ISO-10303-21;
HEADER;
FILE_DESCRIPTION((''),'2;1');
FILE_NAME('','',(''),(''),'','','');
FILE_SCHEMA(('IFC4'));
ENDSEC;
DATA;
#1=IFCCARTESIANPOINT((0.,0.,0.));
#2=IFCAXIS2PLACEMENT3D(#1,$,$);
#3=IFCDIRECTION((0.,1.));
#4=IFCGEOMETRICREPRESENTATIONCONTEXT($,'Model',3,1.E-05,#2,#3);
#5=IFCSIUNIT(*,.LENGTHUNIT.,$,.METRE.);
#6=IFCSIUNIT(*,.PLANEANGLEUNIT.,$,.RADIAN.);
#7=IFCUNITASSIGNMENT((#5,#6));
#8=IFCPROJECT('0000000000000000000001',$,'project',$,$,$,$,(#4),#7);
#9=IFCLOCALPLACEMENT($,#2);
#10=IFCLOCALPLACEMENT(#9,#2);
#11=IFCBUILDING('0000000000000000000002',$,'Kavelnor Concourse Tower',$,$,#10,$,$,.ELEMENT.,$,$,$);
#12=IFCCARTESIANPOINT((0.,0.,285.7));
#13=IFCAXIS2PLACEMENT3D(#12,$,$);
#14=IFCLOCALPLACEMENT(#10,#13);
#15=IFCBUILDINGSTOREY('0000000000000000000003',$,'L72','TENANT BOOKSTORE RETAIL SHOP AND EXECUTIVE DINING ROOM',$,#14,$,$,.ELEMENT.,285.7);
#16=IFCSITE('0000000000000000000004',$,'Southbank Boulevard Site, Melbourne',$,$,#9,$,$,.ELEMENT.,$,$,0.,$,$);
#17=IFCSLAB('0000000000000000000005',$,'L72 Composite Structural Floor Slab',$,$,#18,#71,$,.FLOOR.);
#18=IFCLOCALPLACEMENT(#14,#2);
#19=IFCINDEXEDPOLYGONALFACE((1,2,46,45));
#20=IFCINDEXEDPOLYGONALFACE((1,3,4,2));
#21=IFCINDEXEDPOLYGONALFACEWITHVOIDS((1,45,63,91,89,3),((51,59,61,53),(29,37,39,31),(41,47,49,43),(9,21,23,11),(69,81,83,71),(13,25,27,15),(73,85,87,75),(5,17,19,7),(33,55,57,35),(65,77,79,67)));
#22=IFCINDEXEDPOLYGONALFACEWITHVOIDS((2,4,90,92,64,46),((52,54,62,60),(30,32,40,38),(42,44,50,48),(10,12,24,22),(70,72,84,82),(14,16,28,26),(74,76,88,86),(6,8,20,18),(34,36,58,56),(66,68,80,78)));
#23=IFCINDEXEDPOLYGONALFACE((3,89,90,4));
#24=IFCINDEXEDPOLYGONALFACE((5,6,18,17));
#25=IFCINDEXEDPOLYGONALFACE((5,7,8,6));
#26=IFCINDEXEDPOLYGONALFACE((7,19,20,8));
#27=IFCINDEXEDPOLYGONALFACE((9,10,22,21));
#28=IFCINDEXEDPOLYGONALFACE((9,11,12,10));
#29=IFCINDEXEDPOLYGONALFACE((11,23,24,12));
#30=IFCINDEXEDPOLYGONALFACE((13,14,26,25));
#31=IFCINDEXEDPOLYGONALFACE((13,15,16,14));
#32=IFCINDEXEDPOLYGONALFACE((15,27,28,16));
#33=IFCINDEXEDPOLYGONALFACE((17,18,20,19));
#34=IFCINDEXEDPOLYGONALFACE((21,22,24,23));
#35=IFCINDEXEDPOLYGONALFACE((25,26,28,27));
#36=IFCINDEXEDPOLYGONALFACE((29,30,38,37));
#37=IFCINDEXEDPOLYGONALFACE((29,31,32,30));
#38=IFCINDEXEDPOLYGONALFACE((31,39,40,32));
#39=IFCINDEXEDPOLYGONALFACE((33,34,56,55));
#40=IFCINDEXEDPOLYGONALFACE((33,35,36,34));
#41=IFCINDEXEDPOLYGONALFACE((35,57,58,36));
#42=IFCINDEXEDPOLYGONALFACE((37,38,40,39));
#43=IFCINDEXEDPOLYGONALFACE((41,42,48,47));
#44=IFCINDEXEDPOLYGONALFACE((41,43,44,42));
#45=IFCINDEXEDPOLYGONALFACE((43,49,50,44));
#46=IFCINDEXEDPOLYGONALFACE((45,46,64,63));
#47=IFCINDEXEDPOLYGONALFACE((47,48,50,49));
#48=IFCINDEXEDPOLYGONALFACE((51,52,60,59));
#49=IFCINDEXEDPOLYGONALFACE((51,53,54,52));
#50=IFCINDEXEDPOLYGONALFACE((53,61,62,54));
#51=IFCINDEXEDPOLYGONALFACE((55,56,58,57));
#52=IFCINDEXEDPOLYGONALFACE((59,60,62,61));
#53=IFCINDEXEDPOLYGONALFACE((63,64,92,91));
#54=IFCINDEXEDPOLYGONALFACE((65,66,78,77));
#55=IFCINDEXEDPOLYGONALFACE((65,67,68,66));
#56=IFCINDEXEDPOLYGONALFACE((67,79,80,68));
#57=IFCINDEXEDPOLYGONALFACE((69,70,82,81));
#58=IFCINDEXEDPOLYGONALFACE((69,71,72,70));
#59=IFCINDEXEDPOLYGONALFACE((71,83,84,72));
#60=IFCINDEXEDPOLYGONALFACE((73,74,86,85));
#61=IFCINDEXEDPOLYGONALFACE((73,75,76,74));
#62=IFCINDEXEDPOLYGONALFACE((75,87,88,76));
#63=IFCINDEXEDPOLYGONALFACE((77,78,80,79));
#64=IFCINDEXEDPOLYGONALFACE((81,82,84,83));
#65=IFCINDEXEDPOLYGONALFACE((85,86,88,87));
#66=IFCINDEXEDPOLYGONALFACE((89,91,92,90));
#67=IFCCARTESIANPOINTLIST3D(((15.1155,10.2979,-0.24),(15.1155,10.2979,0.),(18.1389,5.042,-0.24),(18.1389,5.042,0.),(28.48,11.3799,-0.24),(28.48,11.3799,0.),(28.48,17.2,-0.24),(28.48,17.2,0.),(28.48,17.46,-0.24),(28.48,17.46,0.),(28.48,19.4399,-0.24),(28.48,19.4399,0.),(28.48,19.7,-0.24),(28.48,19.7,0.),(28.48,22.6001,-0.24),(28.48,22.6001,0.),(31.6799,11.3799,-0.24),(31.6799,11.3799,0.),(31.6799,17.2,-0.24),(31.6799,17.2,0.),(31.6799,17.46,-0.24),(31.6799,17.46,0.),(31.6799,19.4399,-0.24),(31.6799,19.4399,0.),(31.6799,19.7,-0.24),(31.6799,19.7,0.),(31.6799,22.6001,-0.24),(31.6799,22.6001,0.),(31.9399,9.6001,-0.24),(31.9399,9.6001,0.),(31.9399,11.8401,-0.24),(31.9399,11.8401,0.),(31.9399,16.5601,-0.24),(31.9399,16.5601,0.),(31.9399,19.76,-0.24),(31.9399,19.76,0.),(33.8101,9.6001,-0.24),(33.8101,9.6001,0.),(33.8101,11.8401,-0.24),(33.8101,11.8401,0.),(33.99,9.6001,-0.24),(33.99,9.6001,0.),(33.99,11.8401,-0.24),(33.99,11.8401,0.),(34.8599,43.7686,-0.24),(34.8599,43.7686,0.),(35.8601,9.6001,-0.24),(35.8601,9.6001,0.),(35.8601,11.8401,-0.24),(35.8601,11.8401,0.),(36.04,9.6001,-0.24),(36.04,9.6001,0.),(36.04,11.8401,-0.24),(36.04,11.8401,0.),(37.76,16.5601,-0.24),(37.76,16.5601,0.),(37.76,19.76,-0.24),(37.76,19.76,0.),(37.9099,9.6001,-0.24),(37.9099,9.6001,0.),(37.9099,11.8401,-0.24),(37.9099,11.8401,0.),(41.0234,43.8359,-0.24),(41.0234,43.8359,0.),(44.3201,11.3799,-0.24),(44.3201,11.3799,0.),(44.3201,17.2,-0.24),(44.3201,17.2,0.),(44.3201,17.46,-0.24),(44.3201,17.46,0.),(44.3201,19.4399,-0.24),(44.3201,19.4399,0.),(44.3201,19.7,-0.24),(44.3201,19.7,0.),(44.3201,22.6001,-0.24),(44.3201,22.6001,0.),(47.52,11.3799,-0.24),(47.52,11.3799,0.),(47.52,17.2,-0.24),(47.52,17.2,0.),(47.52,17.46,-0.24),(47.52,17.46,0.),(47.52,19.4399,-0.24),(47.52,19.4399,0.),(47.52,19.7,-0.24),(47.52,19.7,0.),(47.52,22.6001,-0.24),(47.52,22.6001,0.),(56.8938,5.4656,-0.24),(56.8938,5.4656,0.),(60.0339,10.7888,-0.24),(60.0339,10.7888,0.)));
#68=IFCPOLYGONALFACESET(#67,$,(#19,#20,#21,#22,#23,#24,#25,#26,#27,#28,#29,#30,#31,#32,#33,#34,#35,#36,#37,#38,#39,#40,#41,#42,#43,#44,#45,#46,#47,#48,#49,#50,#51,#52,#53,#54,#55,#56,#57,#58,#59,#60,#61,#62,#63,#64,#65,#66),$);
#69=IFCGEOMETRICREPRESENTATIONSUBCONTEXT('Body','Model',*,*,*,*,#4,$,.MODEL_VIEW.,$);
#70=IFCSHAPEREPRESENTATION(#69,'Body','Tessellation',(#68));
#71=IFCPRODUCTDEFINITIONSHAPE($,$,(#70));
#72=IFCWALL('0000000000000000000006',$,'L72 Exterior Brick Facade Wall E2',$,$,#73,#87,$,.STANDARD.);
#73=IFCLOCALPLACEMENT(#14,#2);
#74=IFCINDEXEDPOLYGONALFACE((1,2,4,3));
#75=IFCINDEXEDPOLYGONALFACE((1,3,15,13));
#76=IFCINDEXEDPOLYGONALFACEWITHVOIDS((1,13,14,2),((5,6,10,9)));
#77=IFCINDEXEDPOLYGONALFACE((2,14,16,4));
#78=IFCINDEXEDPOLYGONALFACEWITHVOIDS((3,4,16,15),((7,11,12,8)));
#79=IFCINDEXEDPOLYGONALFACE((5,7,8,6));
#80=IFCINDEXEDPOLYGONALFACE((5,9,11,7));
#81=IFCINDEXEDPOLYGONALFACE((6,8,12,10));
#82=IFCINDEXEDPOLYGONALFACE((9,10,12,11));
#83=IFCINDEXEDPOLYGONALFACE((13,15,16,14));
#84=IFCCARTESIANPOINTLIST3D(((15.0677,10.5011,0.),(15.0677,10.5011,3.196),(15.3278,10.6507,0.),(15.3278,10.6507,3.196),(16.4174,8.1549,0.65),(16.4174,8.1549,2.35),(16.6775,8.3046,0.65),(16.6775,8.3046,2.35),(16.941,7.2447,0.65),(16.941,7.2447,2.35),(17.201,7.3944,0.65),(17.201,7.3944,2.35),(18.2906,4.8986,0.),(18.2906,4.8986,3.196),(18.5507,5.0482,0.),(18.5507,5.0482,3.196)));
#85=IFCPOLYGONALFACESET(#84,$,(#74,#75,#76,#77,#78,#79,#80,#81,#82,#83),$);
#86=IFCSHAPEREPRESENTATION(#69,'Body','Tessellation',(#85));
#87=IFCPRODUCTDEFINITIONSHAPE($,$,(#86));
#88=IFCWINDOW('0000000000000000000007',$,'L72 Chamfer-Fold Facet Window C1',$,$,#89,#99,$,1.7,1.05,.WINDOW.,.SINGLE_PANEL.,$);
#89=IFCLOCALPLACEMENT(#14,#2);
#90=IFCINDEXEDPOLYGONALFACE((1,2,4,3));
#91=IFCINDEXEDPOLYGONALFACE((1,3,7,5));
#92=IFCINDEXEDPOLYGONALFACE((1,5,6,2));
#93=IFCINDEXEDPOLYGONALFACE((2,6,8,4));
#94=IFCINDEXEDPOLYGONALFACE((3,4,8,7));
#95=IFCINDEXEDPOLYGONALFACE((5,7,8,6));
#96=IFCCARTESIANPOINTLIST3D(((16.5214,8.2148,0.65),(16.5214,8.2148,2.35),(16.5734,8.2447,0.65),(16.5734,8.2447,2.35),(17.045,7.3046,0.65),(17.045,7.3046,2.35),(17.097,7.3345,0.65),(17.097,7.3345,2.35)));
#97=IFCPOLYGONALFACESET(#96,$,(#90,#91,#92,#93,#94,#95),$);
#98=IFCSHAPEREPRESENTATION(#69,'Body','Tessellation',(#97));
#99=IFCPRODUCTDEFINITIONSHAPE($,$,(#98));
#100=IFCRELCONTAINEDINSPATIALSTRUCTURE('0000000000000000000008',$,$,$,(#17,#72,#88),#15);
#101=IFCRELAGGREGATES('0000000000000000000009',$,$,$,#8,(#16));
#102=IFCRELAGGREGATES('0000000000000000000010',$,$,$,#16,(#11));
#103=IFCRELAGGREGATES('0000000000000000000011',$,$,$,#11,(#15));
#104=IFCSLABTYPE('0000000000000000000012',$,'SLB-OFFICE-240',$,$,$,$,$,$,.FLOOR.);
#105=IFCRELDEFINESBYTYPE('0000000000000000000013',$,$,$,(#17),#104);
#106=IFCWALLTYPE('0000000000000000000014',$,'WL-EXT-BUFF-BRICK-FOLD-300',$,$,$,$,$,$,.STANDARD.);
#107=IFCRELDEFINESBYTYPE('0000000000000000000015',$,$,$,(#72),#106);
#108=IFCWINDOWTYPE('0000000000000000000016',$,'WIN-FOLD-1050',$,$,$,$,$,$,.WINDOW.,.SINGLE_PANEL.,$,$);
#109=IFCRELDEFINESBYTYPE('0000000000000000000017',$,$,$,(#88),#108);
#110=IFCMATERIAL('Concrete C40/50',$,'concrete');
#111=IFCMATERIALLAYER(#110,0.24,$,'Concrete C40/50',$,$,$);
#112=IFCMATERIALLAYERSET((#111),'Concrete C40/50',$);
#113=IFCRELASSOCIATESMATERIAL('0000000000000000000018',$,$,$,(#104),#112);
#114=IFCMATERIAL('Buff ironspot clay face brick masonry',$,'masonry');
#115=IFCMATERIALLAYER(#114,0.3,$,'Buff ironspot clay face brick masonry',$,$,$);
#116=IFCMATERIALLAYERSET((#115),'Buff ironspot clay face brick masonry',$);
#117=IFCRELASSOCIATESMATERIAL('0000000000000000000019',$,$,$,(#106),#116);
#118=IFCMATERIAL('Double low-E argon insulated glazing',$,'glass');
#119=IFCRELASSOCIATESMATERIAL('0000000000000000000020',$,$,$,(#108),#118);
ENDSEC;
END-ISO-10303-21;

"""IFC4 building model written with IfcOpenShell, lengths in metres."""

from ifc_helpers import new_model, si_unit, direction, frame, frame_2d, origin, place, context, subcontext, project, spatial, polyline, rectangle, outline, extrude, material, layer, layer_set, type_object, element, fill, save


model = new_model("IFC4")

# Units and contexts
model_context = context("Model", 3, precision=1e-05, world=origin(), true_north=direction((0.0, 1.0)))
body_context = subcontext(model_context, "Body", "Model", "MODEL_VIEW")
ifc_project = project(units=[si_unit("LENGTHUNIT", "METRE"), si_unit("PLANEANGLEUNIT", "RADIAN")], contexts=[model_context])

# Site, building, storey
site_placement = place(None, origin())
site = spatial("IfcSite", under=ifc_project, at=site_placement, Name="Southbank Boulevard Site, Melbourne", CompositionType="ELEMENT", RefElevation=0.0)
building_placement = place(site_placement, origin())
building = spatial("IfcBuilding", under=site, at=building_placement, Name="Kavelnor Concourse Tower", CompositionType="ELEMENT")
storey_placement = place(building_placement, frame((0.0, 0.0, 285.7)))
storey = spatial("IfcBuildingStorey", under=building, at=storey_placement, Name="L72", Description="TENANT BOOKSTORE RETAIL SHOP AND EXECUTIVE DINING ROOM", CompositionType="ELEMENT", Elevation=285.7)

# Shared definitions
ifc_material_1 = material(Name="Concrete C40/50", Category="concrete")

# Slab
ifc_layer_1 = layer(ifc_material_1, 0.24, Name="Concrete C40/50")
ifc_layer_set_1 = layer_set([ifc_layer_1], Name="Concrete C40/50")
slab_type_1 = type_object("IfcSlabType", Name="SLB-OFFICE-240", PredefinedType="FLOOR", material=ifc_layer_set_1)
slab_1_placement = place(storey_placement, frame((0.0, 0.0, -0.24)))
element("IfcSlab", 1, at=slab_1_placement, inside=storey, type_object=slab_type_1, Name="L72 Composite Structural Floor Slab", PredefinedType="FLOOR", context=body_context, shape_type="SweptSolid", body=[
    extrude(outline(polyline([(41.0234, 43.8359), (34.8599, 43.7686), (15.1155, 10.2979), (18.1389, 5.042), (56.8938, 5.4656), (60.0339, 10.7888), (41.0234, 43.8359)]), holes=[polyline([(28.48, 11.3799), (31.6799, 11.3799), (31.6799, 17.2), (28.48, 17.2), (28.48, 11.3799)]), polyline([(44.3201, 11.3799), (47.52, 11.3799), (47.52, 17.2), (44.3201, 17.2), (44.3201, 11.3799)]), polyline([(31.9399, 16.5601), (37.76, 16.5601), (37.76, 19.76), (31.9399, 19.76), (31.9399, 16.5601)]), polyline([(28.48, 19.7), (31.6799, 19.7), (31.6799, 22.6001), (28.48, 22.6001), (28.48, 19.7)]), polyline([(44.3201, 19.7), (47.52, 19.7), (47.52, 22.6001), (44.3201, 22.6001), (44.3201, 19.7)]), polyline([(31.9399, 9.6001), (33.8101, 9.6001), (33.8101, 11.8401), (31.9399, 11.8401), (31.9399, 9.6001)]), polyline([(33.99, 9.6001), (35.8601, 9.6001), (35.8601, 11.8401), (33.99, 11.8401), (33.99, 9.6001)]), polyline([(36.04, 9.6001), (37.9099, 9.6001), (37.9099, 11.8401), (36.04, 11.8401), (36.04, 9.6001)]), polyline([(28.48, 17.46), (31.6799, 17.46), (31.6799, 19.4399), (28.48, 19.4399), (28.48, 17.46)]), polyline([(44.3201, 17.46), (47.52, 17.46), (47.52, 19.4399), (44.3201, 19.4399), (44.3201, 17.46)])]), origin(), (0.0, 0.0, 1.0), 0.24),
])

# Wall, opening, window
ifc_material_2 = material(Name="Buff ironspot clay face brick masonry", Category="masonry")
ifc_layer_2 = layer(ifc_material_2, 0.3, Name="Buff ironspot clay face brick masonry")
ifc_layer_set_2 = layer_set([ifc_layer_2], Name="Buff ironspot clay face brick masonry")
wall_type_1 = type_object("IfcWallType", Name="WL-EXT-BUFF-BRICK-FOLD-300", PredefinedType="STANDARD", material=ifc_layer_set_2)
wall_1_placement = place(storey_placement, frame((18.4207, 4.9734, 0.0), z_axis=(0.0, 0.0, 1.0), x_axis=(-0.498639, 0.86681, 0.0)))
wall_1 = element("IfcWall", 2, at=wall_1_placement, inside=storey, type_object=wall_type_1, Name="L72 Exterior Brick Facade Wall E2", PredefinedType="STANDARD", context=body_context, shape_type="SweptSolid", body=[
    extrude(rectangle(XDim=6.4634, YDim=0.3, at=frame_2d((3.2317, 0.0))), origin(), (0.0, 0.0, 1.0), 3.196),
])
opening_1_placement = place(wall_1_placement, frame((2.7068, 0.0, 0.6499)))
opening_1 = element("IfcOpeningElement", 3, at=opening_1_placement, cuts=wall_1, PredefinedType="OPENING", context=body_context, shape_type="SweptSolid", body=[
    extrude(rectangle(XDim=1.05, YDim=1.7, at=frame_2d((0.5249, 0.8501))), frame((0.0, 0.1602, 0.0), z_axis=(0.0, -1.0, 0.0), x_axis=(1.0, 0.0, 0.0)), (0.0, 0.0, 1.0), 0.3201),
])
ifc_material_3 = material(Name="Double low-E argon insulated glazing", Category="glass")
window_type_1 = type_object("IfcWindowType", Name="WIN-FOLD-1050", PartitioningType="SINGLE_PANEL", PredefinedType="WINDOW", material=ifc_material_3)
window_1_placement = place(opening_1_placement, origin())
window_1 = element("IfcWindow", 4, at=window_1_placement, inside=storey, type_object=window_type_1, Name="L72 Chamfer-Fold Facet Window C1", OverallHeight=1.7, OverallWidth=1.05, PartitioningType="SINGLE_PANEL", PredefinedType="WINDOW", context=body_context, shape_type="SweptSolid", body=[
    extrude(rectangle(XDim=1.05, YDim=1.7, at=frame_2d((0.5249, 0.8501))), frame((0.0, 0.03, 0.0), z_axis=(0.0, -1.0, 0.0), x_axis=(1.0, 0.0, 0.0)), (0.0, 0.0, 1.0), 0.0601),
])
fill(opening_1, window_1)

save(model, "model.ifc")
